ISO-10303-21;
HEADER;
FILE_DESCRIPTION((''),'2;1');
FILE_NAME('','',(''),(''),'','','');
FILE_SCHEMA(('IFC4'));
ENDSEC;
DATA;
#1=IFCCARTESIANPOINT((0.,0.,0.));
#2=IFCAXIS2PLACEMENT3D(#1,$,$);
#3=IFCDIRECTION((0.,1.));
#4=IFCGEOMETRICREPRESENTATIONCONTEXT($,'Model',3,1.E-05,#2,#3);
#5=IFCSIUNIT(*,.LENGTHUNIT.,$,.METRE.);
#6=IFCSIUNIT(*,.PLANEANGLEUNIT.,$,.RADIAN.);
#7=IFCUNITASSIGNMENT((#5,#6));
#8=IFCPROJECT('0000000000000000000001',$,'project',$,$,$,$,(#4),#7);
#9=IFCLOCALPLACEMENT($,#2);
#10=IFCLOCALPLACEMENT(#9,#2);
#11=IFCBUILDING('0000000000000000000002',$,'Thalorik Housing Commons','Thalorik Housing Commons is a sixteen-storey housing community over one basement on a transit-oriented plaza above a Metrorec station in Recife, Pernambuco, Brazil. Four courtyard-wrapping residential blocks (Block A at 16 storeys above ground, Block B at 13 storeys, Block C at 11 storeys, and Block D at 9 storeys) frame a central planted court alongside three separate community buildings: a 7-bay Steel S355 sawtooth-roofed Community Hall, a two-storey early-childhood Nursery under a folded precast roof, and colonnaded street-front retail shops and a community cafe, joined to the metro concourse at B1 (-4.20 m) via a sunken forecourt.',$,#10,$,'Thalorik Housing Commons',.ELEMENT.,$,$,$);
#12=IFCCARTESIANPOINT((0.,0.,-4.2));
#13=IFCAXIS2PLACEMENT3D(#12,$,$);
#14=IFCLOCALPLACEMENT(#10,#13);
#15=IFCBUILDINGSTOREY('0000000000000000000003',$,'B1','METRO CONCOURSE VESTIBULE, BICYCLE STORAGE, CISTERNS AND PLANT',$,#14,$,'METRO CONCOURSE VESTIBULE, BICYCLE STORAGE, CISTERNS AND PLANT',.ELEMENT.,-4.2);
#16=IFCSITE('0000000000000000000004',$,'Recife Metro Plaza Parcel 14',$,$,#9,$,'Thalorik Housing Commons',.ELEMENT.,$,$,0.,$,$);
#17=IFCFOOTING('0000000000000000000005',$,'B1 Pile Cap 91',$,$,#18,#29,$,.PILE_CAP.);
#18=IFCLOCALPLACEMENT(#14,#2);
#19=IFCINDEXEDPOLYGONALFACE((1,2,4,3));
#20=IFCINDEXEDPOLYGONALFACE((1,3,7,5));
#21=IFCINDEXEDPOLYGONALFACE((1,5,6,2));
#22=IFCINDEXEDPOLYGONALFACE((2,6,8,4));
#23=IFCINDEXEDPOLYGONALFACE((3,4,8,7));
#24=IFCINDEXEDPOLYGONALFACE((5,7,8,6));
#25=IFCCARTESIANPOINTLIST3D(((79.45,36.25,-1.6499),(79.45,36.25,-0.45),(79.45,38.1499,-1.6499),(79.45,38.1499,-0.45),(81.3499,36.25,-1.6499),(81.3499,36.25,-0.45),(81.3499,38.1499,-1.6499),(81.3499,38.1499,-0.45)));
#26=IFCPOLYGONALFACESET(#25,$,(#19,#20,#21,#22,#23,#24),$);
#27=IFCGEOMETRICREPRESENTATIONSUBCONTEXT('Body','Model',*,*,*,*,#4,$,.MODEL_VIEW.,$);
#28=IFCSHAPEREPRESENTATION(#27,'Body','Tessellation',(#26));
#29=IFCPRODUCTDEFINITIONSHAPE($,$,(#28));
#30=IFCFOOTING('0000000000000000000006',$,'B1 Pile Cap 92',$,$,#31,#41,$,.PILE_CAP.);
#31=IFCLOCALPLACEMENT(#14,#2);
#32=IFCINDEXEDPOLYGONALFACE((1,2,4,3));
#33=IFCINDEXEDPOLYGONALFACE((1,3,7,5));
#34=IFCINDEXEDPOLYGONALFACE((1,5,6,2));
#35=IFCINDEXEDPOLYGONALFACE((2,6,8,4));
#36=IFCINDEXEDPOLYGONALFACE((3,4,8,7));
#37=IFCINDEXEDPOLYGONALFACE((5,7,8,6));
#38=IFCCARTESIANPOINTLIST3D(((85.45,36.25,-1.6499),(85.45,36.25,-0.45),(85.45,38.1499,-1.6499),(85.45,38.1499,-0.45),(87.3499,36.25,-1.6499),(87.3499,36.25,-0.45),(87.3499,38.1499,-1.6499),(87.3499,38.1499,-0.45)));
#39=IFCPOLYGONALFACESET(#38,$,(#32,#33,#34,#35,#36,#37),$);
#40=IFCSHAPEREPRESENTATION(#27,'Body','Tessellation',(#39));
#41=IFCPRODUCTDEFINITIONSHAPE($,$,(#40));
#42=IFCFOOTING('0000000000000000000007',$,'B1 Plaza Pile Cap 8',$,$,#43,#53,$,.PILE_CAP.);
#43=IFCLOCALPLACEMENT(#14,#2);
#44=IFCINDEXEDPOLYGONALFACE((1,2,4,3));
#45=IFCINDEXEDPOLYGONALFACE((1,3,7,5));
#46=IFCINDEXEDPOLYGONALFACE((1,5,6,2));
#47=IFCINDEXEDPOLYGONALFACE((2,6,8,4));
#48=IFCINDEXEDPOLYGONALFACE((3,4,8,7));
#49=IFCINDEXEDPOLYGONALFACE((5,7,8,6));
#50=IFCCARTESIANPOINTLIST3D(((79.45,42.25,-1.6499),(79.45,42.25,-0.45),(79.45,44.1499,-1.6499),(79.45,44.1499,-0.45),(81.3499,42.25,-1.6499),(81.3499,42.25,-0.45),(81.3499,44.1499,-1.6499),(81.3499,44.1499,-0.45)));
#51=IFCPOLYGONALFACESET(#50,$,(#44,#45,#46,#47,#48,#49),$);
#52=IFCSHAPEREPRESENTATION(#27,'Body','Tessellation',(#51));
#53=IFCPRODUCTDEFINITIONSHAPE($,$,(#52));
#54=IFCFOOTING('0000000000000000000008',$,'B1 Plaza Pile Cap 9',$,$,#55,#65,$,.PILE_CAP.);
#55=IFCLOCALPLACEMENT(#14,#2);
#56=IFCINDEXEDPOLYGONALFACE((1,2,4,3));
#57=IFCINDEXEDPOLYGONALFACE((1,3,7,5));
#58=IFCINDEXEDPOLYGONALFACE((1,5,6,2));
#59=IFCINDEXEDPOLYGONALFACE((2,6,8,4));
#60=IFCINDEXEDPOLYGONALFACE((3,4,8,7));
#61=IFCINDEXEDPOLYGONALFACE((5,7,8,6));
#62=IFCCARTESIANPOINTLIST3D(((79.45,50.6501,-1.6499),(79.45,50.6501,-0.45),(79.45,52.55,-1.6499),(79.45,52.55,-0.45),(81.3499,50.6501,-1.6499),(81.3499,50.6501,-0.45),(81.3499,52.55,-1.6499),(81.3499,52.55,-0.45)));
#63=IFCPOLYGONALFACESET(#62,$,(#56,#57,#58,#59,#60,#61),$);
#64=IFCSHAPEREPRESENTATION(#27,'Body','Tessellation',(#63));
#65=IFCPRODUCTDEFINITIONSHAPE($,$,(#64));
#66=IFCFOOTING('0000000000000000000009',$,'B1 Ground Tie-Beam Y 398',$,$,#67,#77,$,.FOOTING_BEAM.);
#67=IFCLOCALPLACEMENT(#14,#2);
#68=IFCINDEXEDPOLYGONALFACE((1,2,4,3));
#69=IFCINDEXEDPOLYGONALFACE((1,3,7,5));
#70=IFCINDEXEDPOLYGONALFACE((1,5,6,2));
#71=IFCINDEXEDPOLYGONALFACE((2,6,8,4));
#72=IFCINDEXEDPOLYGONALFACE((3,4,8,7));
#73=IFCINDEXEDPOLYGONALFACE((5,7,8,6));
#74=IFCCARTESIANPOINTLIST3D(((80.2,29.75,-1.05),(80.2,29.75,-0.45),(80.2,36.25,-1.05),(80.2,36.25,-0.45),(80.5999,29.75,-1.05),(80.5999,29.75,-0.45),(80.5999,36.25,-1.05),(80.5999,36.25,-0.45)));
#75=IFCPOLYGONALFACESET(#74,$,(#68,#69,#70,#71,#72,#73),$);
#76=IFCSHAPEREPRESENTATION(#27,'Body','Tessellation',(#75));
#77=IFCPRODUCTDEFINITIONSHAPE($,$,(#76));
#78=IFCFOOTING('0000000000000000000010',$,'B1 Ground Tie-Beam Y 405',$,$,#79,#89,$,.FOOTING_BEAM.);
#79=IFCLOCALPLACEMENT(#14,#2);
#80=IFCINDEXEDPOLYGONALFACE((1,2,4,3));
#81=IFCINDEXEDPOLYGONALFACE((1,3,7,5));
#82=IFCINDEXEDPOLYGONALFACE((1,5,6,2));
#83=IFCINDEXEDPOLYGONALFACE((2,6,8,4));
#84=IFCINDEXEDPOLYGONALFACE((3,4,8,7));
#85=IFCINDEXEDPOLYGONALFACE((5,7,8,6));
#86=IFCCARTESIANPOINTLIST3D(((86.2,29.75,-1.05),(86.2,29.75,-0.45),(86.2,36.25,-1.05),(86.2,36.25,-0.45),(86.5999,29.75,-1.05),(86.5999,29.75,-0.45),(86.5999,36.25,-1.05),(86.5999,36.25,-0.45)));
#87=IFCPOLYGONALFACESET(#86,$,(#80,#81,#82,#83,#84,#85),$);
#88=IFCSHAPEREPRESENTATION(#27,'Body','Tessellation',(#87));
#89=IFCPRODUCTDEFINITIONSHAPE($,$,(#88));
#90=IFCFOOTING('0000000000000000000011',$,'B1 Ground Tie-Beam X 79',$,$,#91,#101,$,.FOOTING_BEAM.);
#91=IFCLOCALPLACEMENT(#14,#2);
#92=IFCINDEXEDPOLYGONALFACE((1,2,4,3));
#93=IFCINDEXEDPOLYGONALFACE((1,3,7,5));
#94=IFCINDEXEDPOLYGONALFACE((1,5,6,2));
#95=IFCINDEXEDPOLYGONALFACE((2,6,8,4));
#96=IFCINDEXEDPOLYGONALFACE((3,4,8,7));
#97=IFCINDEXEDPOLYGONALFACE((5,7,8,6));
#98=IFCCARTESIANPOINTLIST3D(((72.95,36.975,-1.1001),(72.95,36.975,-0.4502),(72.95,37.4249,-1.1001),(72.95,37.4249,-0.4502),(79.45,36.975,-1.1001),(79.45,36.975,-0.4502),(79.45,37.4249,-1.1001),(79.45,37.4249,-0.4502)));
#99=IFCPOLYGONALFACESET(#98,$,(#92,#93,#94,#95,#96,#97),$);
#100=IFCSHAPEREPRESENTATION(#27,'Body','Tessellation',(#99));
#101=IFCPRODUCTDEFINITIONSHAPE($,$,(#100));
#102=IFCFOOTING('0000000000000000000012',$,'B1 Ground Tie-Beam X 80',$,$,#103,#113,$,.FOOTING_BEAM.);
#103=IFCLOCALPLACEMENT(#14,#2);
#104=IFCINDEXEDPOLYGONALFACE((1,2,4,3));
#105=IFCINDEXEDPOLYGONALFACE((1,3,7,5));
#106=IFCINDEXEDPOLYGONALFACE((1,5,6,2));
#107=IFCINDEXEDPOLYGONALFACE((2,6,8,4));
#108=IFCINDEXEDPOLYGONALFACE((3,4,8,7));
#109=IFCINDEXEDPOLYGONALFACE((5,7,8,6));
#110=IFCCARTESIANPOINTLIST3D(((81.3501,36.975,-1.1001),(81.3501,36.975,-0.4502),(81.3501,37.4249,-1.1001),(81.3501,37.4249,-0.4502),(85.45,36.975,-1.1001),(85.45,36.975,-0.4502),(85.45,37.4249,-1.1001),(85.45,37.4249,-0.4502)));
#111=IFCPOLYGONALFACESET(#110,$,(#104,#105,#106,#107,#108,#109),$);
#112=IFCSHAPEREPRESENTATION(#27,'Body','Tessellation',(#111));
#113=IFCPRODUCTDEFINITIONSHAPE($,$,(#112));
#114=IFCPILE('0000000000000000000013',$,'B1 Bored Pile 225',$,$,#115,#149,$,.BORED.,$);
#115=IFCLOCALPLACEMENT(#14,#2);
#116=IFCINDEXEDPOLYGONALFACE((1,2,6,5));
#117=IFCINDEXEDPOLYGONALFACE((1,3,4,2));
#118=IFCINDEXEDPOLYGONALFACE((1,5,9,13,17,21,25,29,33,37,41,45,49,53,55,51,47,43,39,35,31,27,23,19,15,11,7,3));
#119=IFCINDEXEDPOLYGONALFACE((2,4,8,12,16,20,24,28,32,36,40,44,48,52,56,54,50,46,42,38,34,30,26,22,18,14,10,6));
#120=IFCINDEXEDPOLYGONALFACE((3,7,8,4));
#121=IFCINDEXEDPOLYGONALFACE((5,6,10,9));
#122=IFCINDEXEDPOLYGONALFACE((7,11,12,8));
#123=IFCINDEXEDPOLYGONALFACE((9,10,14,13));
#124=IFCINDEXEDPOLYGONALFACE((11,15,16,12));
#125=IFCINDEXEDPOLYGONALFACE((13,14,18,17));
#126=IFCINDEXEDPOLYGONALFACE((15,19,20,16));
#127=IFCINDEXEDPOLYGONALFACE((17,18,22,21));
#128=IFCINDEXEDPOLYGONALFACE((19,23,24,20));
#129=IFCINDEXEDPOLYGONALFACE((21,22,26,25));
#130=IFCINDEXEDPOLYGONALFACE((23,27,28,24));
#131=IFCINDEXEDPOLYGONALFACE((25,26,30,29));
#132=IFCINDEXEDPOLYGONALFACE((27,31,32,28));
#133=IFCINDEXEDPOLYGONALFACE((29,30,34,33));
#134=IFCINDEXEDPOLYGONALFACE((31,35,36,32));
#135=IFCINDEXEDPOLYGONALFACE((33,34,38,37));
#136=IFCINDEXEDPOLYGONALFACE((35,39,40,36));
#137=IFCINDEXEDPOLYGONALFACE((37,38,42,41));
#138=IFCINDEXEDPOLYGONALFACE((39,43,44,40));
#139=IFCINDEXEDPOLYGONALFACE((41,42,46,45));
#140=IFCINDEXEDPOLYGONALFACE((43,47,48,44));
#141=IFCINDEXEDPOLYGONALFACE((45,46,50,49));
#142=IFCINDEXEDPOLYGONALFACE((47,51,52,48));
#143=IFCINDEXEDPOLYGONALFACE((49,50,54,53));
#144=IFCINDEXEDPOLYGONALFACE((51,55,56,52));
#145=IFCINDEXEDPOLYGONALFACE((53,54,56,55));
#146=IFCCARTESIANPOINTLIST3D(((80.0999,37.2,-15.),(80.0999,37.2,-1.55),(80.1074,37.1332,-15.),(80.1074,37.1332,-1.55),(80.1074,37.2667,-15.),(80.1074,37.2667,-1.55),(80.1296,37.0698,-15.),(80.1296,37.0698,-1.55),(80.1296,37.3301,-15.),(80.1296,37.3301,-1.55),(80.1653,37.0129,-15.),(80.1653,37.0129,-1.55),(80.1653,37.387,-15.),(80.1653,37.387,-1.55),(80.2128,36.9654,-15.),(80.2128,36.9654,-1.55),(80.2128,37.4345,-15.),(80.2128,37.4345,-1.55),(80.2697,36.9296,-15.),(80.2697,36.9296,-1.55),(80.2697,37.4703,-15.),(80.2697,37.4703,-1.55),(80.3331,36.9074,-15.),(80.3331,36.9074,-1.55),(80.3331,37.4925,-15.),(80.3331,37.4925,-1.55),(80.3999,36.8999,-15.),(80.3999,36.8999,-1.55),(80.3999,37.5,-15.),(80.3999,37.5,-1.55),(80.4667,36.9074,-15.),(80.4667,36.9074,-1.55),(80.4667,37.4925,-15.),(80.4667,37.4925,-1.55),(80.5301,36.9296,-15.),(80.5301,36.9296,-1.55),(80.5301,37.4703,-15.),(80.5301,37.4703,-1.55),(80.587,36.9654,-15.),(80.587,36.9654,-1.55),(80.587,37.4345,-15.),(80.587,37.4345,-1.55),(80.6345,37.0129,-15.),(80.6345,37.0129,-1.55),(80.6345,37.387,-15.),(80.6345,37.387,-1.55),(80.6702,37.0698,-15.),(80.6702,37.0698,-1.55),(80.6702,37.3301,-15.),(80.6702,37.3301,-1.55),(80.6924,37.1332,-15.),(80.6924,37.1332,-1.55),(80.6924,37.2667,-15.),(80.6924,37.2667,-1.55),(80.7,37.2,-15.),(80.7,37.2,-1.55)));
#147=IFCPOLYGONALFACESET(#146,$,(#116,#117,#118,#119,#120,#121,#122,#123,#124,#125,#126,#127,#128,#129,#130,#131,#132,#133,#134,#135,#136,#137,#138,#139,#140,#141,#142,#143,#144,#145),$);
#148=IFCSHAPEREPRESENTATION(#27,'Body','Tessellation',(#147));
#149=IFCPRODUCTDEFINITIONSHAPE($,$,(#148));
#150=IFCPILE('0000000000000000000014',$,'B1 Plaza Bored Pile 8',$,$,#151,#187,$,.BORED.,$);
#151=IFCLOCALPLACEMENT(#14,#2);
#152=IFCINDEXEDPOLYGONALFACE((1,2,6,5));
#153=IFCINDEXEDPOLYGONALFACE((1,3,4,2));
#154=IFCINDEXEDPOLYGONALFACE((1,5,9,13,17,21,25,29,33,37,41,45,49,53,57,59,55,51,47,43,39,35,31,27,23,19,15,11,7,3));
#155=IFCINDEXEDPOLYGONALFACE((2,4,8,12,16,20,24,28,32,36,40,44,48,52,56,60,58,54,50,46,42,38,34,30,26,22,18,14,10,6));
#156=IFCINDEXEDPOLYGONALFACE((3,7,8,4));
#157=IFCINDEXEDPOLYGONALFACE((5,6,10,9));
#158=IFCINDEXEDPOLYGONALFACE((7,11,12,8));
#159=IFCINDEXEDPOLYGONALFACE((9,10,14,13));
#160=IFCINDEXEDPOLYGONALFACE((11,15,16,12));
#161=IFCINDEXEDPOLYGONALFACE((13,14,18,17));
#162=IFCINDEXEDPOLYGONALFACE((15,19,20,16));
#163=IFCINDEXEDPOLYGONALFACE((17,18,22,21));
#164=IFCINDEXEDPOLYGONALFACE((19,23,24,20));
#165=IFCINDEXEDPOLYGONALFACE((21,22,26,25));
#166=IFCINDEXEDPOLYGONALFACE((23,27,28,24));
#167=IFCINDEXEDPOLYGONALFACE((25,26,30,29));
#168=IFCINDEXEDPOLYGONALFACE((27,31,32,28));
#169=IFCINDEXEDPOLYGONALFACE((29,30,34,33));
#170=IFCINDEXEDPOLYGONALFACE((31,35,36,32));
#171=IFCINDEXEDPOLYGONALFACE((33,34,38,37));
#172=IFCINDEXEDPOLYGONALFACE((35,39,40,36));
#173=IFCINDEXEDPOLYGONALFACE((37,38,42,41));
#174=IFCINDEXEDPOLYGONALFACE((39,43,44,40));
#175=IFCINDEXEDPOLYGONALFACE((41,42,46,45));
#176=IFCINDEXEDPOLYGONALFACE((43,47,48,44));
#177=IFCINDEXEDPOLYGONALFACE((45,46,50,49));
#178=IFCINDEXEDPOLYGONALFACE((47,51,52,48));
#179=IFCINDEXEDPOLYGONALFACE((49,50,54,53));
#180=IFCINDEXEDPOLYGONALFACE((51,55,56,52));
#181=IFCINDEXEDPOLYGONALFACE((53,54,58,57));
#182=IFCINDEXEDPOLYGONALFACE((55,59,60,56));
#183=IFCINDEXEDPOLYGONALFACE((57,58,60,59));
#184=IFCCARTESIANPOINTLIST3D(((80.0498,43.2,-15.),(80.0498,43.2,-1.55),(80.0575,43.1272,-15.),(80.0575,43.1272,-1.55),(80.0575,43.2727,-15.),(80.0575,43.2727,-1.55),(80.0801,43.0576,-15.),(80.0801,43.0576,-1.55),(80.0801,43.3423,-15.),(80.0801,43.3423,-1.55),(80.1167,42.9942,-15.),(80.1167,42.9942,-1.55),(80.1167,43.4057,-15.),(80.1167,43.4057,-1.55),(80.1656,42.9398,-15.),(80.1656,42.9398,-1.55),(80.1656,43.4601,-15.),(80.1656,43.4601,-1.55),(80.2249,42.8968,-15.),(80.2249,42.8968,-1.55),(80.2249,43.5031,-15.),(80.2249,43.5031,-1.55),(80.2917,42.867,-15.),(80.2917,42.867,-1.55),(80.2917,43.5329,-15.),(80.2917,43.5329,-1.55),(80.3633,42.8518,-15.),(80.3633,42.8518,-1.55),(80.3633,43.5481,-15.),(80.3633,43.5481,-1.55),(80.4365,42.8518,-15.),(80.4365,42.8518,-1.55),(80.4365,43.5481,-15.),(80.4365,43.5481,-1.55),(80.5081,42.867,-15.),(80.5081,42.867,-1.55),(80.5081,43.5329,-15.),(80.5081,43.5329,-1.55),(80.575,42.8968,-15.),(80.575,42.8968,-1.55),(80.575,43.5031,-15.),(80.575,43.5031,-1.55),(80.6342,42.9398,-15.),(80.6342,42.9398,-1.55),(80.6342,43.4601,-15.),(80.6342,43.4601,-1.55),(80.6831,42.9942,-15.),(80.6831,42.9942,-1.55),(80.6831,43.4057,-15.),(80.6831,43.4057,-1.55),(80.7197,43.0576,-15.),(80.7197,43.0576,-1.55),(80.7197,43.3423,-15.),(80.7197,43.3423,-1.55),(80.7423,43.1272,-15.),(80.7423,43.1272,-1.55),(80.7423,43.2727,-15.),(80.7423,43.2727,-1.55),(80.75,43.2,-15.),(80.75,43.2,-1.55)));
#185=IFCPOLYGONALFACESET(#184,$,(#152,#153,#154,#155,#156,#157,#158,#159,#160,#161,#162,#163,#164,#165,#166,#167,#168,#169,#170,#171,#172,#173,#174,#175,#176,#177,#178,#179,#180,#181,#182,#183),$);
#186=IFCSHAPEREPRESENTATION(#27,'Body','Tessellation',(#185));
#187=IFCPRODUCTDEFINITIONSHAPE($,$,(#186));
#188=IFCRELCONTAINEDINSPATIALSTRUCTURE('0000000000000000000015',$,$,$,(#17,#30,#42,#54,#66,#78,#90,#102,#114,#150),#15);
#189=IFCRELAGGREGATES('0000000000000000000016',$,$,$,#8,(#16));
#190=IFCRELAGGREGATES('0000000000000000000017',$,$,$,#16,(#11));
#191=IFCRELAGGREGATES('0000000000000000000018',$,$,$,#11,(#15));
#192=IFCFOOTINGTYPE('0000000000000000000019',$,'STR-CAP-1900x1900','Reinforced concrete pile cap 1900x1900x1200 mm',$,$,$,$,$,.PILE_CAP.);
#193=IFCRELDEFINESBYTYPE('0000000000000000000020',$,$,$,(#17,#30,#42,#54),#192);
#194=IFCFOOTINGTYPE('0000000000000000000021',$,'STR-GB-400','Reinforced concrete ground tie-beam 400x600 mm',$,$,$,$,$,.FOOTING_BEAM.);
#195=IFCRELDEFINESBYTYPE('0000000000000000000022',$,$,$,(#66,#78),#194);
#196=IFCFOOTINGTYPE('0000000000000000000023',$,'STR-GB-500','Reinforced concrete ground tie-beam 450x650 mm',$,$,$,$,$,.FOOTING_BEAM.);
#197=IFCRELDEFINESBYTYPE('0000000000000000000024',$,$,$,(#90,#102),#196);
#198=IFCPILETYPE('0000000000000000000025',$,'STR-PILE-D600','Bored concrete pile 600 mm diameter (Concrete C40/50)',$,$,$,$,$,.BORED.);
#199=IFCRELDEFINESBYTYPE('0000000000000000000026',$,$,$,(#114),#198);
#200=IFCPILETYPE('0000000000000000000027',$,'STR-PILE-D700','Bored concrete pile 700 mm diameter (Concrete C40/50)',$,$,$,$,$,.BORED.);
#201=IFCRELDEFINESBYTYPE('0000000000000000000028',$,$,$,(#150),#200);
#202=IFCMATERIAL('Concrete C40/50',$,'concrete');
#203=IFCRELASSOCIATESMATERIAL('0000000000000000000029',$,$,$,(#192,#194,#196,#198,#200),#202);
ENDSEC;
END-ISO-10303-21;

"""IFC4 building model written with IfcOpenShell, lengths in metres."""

from ifc_helpers import new_model, si_unit, direction, frame, origin, origin_2d, place, context, subcontext, project, spatial, rectangle, circle, extrude, material, material_profile, profile_set, type_object, element, save


model = new_model("IFC4")

# Units and contexts
model_context = context("Model", 3, precision=1e-05, world=origin(), true_north=direction((0.0, 1.0)))
body_context = subcontext(model_context, "Body", "Model", "MODEL_VIEW")
ifc_project = project(units=[si_unit("LENGTHUNIT", "METRE"), si_unit("PLANEANGLEUNIT", "RADIAN")], contexts=[model_context])

# Site, building, storey
site_placement = place(None, origin())
site = spatial("IfcSite", under=ifc_project, at=site_placement, Name="Recife Metro Plaza Parcel 14", LongName="Thalorik Housing Commons", CompositionType="ELEMENT", RefElevation=0.0)
building_placement = place(site_placement, origin())
building = spatial("IfcBuilding", under=site, at=building_placement, Name="Thalorik Housing Commons", Description="Thalorik Housing Commons is a sixteen-storey housing community over one basement on a transit-oriented plaza above a Metrorec station in Recife, Pernambuco, Brazil. Four courtyard-wrapping residential blocks (Block A at 16 storeys above ground, Block B at 13 storeys, Block C at 11 storeys, and Block D at 9 storeys) frame a central planted court alongside three separate community buildings: a 7-bay Steel S355 sawtooth-roofed Community Hall, a two-storey early-childhood Nursery under a folded precast roof, and colonnaded street-front retail shops and a community cafe, joined to the metro concourse at B1 (-4.20 m) via a sunken forecourt.", LongName="Thalorik Housing Commons", CompositionType="ELEMENT")
storey_placement = place(building_placement, frame((0.0, 0.0, -4.2)))
storey = spatial("IfcBuildingStorey", under=building, at=storey_placement, Name="B1", Description="METRO CONCOURSE VESTIBULE, BICYCLE STORAGE, CISTERNS AND PLANT", LongName="METRO CONCOURSE VESTIBULE, BICYCLE STORAGE, CISTERNS AND PLANT", CompositionType="ELEMENT", Elevation=-4.2)

# Footings
ifc_material_1 = material(Name="Concrete C40/50", Category="concrete")
footing_type_1 = type_object("IfcFootingType", Name="STR-CAP-1900x1900", Description="Reinforced concrete pile cap 1900x1900x1200 mm", PredefinedType="PILE_CAP", material=ifc_material_1)
for number, where, z_axis, x_axis, name in (
    (1, (80.3999, 37.2, -1.6499), (0.0, 0.0, 1.0), (1.0, 0.0, 0.0), "B1 Pile Cap 91"),
    (2, (86.3999, 37.2, -1.6499), (0.0, 0.0, 1.0), (1.0, 0.0, 0.0), "B1 Pile Cap 92"),
    (3, (80.3999, 43.2, -1.6499), (0.0, 0.0, 1.0), (1.0, 0.0, 0.0), "B1 Plaza Pile Cap 8"),
    (4, (80.3999, 51.6001, -1.6499), (0.0, 0.0, 1.0), (1.0, 0.0, 0.0), "B1 Plaza Pile Cap 9"),
):
    element("IfcFooting", number, at=place(storey_placement, frame(where, z_axis=z_axis, x_axis=x_axis)), inside=storey, type_object=footing_type_1, Name=name, PredefinedType="PILE_CAP", context=body_context, shape_type="SweptSolid", body=[
        extrude(rectangle(XDim=1.8999, YDim=1.8999, at=origin_2d()), origin(), (0.0, 0.0, 1.0), 1.2),
    ])
ifc_material_profile_1 = material_profile(ifc_material_1, rectangle(XDim=0.3999, YDim=0.6001, at=origin_2d()), Name="RC 400x600", Category="concrete")
ifc_profile_set_1 = profile_set([ifc_material_profile_1], Name="Concrete C40/50")
footing_type_2 = type_object("IfcFootingType", Name="STR-GB-400", Description="Reinforced concrete ground tie-beam 400x600 mm", PredefinedType="FOOTING_BEAM", material=ifc_profile_set_1)
for number, where, z_axis, x_axis, name in (
    (5, (80.3999, 29.75, -0.75), (0.0, 1.0, 0.0), (-1.0, 0.0, 0.0), "B1 Ground Tie-Beam Y 398"),
    (6, (86.3999, 29.75, -0.75), (0.0, 1.0, 0.0), (-1.0, 0.0, 0.0), "B1 Ground Tie-Beam Y 405"),
):
    element("IfcFooting", number, at=place(storey_placement, frame(where, z_axis=z_axis, x_axis=x_axis)), inside=storey, type_object=footing_type_2, Name=name, PredefinedType="FOOTING_BEAM", context=body_context, shape_type="SweptSolid", body=[
        extrude(rectangle(XDim=0.3999, YDim=0.6001, at=origin_2d()), origin(), (0.0, 0.0, 1.0), 6.5),
    ])
ifc_material_profile_2 = material_profile(ifc_material_1, rectangle(XDim=0.45, YDim=0.6499, at=origin_2d()), Name="RC 450x650", Category="concrete")
ifc_profile_set_2 = profile_set([ifc_material_profile_2], Name="Concrete C40/50")
footing_type_3 = type_object("IfcFootingType", Name="STR-GB-500", Description="Reinforced concrete ground tie-beam 450x650 mm", PredefinedType="FOOTING_BEAM", material=ifc_profile_set_2)
footing_1_placement = place(storey_placement, frame((72.95, 37.2, -0.7751), z_axis=(1.0, 0.0, 0.0), x_axis=(0.0, 1.0, 0.0)))
element("IfcFooting", 7, at=footing_1_placement, inside=storey, type_object=footing_type_3, Name="B1 Ground Tie-Beam X 79", PredefinedType="FOOTING_BEAM", context=body_context, shape_type="SweptSolid", body=[
    extrude(rectangle(XDim=0.45, YDim=0.6499, at=origin_2d()), origin(), (0.0, 0.0, 1.0), 6.5),
])
footing_2_placement = place(storey_placement, frame((81.3501, 37.2, -0.7751), z_axis=(1.0, 0.0, 0.0), x_axis=(0.0, 1.0, 0.0)))
element("IfcFooting", 8, at=footing_2_placement, inside=storey, type_object=footing_type_3, Name="B1 Ground Tie-Beam X 80", PredefinedType="FOOTING_BEAM", context=body_context, shape_type="SweptSolid", body=[
    extrude(rectangle(XDim=0.45, YDim=0.6499, at=origin_2d()), origin(), (0.0, 0.0, 1.0), 4.0999),
])

# Piles
ifc_material_profile_3 = material_profile(ifc_material_1, circle(Radius=0.3, at=origin_2d()), Name="BORED PILE D600", Category="concrete")
ifc_profile_set_3 = profile_set([ifc_material_profile_3], Name="Concrete C40/50")
pile_type_1 = type_object("IfcPileType", Name="STR-PILE-D600", Description="Bored concrete pile 600 mm diameter (Concrete C40/50)", PredefinedType="BORED", material=ifc_profile_set_3)
pile_placement = place(storey_placement, frame((80.3999, 37.2, -1.55), z_axis=(0.0, 0.0, -1.0), x_axis=(1.0, 0.0, 0.0)))
element("IfcPile", 9, at=pile_placement, inside=storey, type_object=pile_type_1, Name="B1 Bored Pile 225", PredefinedType="BORED", context=body_context, shape_type="SweptSolid", body=[
    extrude(circle(Radius=0.3, at=origin_2d()), origin(), (0.0, 0.0, 1.0), 13.45),
])
ifc_material_profile_4 = material_profile(ifc_material_1, circle(Radius=0.3501, at=origin_2d()), Name="BORED PILE D700", Category="concrete")
ifc_profile_set_4 = profile_set([ifc_material_profile_4], Name="Concrete C40/50")
pile_type_2 = type_object("IfcPileType", Name="STR-PILE-D700", Description="Bored concrete pile 700 mm diameter (Concrete C40/50)", PredefinedType="BORED", material=ifc_profile_set_4)
for number, where, z_axis, x_axis, name in (
    (10, (80.3999, 43.2, -1.55), (0.0, 0.0, -1.0), (1.0, 0.0, 0.0), "B1 Plaza Bored Pile 8"),
):
    element("IfcPile", number, at=place(storey_placement, frame(where, z_axis=z_axis, x_axis=x_axis)), inside=storey, type_object=pile_type_2, Name=name, PredefinedType="BORED", context=body_context, shape_type="SweptSolid", body=[
        extrude(circle(Radius=0.3501, at=origin_2d()), origin(), (0.0, 0.0, 1.0), 13.45),
    ])

save(model, "model.ifc")
